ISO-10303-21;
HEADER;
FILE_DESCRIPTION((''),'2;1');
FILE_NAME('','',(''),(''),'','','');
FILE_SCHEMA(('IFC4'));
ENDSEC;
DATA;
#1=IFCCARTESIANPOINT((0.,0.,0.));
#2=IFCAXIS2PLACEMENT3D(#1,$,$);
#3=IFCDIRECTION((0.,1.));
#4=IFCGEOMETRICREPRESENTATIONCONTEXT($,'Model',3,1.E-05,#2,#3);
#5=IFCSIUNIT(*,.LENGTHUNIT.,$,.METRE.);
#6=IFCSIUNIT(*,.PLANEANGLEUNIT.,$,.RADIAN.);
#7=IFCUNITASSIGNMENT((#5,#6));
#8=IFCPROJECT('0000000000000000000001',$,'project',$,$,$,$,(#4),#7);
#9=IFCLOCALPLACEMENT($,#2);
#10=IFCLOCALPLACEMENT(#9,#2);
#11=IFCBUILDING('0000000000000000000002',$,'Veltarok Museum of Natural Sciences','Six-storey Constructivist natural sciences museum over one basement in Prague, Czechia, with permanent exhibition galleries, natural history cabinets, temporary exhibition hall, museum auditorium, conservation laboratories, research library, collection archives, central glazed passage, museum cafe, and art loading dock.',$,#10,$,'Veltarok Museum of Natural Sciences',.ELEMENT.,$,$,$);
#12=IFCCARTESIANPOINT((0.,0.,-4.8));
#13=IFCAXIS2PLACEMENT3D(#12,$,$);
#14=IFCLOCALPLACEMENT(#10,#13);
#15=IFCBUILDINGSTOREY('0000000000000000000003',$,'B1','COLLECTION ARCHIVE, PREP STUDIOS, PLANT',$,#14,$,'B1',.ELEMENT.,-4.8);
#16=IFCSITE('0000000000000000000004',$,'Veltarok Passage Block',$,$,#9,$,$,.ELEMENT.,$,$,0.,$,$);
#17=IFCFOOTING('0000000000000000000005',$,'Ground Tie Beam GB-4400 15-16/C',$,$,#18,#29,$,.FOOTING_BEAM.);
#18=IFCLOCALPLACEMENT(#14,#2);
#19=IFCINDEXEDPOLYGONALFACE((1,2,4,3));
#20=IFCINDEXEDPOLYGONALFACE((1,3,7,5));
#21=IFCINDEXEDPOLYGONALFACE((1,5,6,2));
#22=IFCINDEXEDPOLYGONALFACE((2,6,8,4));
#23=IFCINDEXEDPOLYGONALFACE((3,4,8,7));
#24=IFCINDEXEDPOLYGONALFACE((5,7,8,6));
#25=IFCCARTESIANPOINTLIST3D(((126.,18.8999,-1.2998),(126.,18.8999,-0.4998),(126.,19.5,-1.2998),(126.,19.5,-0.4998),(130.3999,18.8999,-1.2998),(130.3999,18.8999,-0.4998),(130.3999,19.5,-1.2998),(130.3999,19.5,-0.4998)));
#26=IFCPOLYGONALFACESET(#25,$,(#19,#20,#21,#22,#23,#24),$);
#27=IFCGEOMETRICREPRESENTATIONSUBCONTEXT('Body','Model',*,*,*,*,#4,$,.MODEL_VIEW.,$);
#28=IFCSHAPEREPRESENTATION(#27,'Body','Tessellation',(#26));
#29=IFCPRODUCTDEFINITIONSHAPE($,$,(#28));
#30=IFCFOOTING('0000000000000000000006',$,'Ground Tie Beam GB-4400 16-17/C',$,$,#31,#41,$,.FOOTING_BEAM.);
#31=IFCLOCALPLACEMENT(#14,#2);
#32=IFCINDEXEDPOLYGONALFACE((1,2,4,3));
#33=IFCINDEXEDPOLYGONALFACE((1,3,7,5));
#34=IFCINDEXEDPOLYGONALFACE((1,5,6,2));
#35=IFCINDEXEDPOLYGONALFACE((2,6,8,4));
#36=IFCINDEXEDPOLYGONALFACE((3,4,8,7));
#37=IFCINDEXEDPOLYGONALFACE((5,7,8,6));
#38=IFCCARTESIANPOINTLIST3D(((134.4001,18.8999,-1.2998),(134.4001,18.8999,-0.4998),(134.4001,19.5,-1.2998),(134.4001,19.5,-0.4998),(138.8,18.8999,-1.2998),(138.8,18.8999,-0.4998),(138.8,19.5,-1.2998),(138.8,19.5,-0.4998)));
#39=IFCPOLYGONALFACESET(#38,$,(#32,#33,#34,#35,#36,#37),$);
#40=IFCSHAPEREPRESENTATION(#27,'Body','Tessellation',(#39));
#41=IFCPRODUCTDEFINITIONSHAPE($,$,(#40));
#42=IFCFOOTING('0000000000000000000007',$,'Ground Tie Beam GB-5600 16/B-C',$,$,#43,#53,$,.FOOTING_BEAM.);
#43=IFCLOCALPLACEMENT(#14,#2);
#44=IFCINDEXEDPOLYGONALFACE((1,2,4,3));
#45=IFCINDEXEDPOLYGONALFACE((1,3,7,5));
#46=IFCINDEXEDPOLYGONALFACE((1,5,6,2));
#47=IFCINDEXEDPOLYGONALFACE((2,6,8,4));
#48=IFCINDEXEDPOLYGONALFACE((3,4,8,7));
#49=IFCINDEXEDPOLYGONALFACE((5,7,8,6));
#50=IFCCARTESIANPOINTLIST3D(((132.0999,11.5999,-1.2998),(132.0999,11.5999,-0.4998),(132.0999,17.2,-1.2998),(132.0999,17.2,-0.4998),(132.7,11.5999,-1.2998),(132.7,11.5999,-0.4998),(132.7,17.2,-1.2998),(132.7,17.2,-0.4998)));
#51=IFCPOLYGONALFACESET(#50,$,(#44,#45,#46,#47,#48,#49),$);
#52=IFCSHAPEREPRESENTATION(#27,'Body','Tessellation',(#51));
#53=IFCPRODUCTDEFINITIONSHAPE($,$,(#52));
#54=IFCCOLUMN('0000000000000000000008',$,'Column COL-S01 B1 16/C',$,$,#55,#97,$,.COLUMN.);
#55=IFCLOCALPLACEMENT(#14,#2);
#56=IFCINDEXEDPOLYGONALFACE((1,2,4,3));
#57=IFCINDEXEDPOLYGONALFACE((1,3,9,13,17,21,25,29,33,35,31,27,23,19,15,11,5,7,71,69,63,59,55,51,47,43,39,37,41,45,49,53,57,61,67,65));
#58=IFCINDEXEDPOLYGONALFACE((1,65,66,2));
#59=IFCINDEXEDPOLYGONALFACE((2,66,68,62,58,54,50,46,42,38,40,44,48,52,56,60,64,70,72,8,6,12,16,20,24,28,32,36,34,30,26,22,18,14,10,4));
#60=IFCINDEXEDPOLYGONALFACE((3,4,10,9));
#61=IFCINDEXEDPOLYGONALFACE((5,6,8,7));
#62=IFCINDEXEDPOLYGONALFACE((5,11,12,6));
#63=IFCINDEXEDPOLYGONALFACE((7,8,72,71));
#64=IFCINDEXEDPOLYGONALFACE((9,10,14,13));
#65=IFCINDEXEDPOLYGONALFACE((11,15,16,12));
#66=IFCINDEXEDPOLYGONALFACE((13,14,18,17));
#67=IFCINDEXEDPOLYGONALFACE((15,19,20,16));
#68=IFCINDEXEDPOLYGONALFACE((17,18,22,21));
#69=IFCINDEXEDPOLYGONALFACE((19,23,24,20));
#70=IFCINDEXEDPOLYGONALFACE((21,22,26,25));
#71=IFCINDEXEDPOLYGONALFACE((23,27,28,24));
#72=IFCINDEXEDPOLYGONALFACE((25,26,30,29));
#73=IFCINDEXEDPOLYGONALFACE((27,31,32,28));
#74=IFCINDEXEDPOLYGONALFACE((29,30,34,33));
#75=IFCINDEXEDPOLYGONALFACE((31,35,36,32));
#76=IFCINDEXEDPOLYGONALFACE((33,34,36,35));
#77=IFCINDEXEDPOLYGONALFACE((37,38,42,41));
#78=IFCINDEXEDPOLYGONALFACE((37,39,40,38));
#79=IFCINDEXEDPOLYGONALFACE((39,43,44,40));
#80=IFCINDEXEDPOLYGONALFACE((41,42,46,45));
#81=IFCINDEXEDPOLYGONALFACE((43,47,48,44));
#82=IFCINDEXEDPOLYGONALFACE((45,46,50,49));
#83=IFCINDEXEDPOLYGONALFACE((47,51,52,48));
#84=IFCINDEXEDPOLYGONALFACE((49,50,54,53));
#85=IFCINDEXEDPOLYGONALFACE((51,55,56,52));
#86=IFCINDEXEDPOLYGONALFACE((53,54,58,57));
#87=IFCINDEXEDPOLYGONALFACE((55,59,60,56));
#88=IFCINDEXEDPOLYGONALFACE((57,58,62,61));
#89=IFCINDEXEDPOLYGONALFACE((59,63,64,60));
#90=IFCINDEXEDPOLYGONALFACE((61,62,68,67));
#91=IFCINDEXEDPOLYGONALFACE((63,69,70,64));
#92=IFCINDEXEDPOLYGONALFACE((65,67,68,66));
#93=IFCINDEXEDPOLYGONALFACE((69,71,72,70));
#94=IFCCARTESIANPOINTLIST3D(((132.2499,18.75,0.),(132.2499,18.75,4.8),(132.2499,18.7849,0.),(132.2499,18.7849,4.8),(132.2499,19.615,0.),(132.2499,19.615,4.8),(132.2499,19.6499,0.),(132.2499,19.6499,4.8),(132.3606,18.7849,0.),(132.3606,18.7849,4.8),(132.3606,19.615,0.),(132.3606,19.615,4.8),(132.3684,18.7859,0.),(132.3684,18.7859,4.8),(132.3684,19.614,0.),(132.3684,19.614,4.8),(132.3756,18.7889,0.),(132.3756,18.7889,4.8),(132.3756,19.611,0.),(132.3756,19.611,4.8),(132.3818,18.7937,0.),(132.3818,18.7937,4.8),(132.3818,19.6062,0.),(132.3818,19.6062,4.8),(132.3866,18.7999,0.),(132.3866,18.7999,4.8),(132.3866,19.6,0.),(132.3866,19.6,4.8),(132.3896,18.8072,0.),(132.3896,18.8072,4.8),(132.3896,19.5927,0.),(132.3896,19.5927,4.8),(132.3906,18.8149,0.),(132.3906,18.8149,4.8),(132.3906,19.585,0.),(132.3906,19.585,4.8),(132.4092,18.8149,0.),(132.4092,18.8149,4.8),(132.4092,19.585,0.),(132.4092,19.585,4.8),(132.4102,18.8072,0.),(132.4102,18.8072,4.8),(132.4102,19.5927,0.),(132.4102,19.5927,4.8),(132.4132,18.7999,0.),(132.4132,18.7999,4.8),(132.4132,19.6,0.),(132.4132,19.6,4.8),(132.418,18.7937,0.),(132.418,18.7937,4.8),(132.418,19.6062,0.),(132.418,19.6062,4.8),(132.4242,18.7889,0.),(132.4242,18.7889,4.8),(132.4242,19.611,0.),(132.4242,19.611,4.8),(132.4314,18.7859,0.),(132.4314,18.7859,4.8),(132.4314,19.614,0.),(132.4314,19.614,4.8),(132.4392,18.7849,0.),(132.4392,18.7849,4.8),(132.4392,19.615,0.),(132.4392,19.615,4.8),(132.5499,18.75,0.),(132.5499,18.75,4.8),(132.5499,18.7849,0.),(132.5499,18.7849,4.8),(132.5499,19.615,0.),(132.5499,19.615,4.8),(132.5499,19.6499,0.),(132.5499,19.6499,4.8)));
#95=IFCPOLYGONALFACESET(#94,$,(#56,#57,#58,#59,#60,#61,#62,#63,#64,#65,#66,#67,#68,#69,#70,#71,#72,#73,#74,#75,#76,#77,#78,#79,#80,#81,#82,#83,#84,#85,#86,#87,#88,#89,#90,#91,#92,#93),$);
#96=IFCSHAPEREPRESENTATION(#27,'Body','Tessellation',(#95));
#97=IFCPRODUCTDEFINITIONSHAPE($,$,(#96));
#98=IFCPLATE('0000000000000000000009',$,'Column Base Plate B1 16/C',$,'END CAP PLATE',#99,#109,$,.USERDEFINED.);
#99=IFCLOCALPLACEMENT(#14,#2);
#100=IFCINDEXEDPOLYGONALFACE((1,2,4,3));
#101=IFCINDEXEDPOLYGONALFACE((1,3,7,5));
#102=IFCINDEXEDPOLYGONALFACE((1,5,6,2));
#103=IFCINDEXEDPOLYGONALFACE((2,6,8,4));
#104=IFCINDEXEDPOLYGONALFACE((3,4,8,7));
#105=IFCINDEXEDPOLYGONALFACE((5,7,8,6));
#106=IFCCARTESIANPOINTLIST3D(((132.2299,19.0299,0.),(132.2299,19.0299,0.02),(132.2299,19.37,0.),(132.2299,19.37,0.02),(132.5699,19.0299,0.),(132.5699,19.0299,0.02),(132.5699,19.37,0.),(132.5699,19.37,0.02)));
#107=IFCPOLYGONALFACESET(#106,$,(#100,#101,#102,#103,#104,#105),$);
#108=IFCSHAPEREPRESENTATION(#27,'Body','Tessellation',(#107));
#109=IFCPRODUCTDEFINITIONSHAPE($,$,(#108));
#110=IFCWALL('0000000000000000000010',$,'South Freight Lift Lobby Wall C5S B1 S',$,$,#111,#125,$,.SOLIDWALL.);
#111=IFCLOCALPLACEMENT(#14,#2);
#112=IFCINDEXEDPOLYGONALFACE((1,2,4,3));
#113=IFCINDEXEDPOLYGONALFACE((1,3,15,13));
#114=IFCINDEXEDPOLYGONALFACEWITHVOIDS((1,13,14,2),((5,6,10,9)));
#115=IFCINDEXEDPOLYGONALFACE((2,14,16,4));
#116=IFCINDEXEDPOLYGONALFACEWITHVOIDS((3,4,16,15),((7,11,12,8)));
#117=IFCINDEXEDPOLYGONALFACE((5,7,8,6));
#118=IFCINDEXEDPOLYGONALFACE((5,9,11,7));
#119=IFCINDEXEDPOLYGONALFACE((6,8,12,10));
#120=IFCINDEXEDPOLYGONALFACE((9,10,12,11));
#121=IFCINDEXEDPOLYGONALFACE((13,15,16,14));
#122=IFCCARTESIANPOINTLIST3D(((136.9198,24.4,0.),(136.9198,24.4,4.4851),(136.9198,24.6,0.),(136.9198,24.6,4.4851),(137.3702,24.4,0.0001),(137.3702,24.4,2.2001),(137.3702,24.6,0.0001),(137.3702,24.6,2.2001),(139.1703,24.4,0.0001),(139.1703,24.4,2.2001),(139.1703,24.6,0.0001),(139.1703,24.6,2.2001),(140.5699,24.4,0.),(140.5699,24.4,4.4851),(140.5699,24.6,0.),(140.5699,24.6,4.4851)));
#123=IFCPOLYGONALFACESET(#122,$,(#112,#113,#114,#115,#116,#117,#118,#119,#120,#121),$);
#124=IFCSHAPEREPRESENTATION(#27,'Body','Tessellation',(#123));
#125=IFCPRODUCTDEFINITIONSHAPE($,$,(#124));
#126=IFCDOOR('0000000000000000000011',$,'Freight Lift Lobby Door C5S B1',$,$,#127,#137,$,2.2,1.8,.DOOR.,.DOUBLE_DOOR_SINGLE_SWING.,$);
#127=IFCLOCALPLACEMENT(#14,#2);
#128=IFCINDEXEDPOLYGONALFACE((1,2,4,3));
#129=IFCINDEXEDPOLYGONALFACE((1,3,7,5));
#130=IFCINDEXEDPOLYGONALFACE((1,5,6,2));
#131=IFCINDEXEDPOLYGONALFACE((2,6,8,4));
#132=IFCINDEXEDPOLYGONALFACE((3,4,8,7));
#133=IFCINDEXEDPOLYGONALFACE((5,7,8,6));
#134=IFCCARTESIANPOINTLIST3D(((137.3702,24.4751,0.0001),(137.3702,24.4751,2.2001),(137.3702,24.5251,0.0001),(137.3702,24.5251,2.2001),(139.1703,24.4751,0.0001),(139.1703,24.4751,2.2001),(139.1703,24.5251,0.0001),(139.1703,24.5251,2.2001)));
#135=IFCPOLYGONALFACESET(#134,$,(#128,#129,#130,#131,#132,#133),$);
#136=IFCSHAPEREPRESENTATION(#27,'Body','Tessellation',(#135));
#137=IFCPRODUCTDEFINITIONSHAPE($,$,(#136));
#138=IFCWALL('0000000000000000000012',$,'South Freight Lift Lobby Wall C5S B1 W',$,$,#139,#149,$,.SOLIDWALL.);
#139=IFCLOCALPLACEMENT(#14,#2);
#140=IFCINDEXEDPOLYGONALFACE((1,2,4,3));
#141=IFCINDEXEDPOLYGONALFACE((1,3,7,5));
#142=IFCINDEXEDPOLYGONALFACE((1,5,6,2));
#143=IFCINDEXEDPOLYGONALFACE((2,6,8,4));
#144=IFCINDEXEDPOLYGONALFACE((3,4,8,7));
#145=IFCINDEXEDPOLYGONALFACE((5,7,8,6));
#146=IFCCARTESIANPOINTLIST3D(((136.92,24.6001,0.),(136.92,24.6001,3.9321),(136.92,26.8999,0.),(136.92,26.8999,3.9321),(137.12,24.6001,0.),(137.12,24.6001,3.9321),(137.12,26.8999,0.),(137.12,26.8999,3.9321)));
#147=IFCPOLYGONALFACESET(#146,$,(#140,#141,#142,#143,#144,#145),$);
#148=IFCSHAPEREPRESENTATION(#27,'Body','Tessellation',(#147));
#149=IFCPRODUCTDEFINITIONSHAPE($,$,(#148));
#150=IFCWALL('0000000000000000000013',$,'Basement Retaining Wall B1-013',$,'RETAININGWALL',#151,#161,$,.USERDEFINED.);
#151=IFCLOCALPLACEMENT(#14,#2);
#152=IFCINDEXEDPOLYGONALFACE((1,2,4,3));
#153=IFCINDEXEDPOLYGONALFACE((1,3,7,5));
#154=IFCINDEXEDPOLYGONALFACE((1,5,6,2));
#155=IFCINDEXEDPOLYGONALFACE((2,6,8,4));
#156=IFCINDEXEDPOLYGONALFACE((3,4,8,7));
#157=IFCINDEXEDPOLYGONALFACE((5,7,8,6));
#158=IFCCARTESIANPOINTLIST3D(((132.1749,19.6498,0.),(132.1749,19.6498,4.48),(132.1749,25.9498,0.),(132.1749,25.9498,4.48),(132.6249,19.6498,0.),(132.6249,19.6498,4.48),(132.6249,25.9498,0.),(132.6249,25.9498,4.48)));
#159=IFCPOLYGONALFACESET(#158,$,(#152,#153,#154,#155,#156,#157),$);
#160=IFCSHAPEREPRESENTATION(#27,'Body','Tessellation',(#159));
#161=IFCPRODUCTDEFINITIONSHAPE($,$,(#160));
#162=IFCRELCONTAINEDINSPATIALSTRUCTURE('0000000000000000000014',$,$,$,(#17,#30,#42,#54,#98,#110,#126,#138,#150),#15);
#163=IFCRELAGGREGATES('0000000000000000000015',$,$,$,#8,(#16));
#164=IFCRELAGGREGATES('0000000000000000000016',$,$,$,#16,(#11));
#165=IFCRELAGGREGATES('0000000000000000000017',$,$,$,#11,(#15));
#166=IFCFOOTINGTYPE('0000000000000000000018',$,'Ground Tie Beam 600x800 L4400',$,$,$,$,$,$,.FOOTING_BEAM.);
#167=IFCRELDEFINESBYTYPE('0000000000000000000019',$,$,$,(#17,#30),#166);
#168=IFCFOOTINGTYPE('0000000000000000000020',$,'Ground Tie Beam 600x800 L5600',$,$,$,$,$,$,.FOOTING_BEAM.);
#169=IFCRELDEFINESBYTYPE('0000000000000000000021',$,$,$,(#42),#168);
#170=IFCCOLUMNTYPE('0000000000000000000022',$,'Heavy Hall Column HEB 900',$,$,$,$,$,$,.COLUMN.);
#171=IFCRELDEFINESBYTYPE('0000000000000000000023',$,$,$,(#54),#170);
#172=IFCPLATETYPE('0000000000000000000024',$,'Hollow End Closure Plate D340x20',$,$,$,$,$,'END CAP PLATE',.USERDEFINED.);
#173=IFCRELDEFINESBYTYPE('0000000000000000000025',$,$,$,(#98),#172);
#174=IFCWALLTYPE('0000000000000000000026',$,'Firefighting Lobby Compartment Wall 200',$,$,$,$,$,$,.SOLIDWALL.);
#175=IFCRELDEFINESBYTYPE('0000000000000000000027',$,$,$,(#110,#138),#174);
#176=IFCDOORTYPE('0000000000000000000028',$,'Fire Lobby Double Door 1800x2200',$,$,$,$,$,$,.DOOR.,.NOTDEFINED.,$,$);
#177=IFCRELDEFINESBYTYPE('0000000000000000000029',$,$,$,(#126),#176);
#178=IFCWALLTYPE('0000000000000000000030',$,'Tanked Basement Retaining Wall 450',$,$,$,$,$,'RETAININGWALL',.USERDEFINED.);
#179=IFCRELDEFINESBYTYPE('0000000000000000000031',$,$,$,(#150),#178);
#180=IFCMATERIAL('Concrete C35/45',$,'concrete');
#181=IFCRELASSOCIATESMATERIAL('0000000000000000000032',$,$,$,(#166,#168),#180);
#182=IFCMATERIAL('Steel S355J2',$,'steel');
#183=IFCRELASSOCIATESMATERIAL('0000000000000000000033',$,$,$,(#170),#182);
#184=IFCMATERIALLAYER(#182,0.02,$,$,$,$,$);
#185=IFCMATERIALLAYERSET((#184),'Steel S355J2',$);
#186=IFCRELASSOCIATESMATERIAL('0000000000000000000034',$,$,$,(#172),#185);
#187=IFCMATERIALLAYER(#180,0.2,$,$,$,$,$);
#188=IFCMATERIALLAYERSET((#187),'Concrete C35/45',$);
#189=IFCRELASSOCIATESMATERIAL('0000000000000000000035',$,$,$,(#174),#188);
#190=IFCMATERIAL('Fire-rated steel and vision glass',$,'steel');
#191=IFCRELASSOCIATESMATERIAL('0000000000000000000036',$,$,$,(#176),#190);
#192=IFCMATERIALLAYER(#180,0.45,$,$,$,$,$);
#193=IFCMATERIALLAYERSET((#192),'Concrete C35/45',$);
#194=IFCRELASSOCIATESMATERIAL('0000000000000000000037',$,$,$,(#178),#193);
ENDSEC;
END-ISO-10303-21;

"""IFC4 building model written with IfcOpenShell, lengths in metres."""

from ifc_helpers import new_model, si_unit, direction, frame, frame_2d, origin, origin_2d, place, context, subcontext, project, spatial, rectangle, i_section, extrude, material, layer, layer_set, material_profile, profile_set, type_object, element, fill, save


model = new_model("IFC4")

# Units and contexts
model_context = context("Model", 3, precision=1e-05, world=origin(), true_north=direction((0.0, 1.0)))
body_context = subcontext(model_context, "Body", "Model", "MODEL_VIEW")
ifc_project = project(units=[si_unit("LENGTHUNIT", "METRE"), si_unit("PLANEANGLEUNIT", "RADIAN")], contexts=[model_context])

# Site, building, storey
site_placement = place(None, origin())
site = spatial("IfcSite", under=ifc_project, at=site_placement, Name="Veltarok Passage Block", CompositionType="ELEMENT", RefElevation=0.0)
building_placement = place(site_placement, origin())
building = spatial("IfcBuilding", under=site, at=building_placement, Name="Veltarok Museum of Natural Sciences", Description="Six-storey Constructivist natural sciences museum over one basement in Prague, Czechia, with permanent exhibition galleries, natural history cabinets, temporary exhibition hall, museum auditorium, conservation laboratories, research library, collection archives, central glazed passage, museum cafe, and art loading dock.", LongName="Veltarok Museum of Natural Sciences", CompositionType="ELEMENT")
storey_placement = place(building_placement, frame((0.0, 0.0, -4.8)))
storey = spatial("IfcBuildingStorey", under=building, at=storey_placement, Name="B1", Description="COLLECTION ARCHIVE, PREP STUDIOS, PLANT", LongName="B1", CompositionType="ELEMENT", Elevation=-4.8)

# Shared definitions
ifc_material_1 = material(Name="Concrete C35/45", Category="concrete")

# Footings
footing_type_1 = type_object("IfcFootingType", Name="Ground Tie Beam 600x800 L4400", PredefinedType="FOOTING_BEAM", material=ifc_material_1)
for number, where, z_axis, x_axis, name in (
    (1, (128.2, 19.2, -1.2998), (0.0, 0.0, 1.0), (1.0, 0.0, 0.0), "Ground Tie Beam GB-4400 15-16/C"),
    (2, (136.6001, 19.2, -1.2998), (0.0, 0.0, 1.0), (1.0, 0.0, 0.0), "Ground Tie Beam GB-4400 16-17/C"),
):
    element("IfcFooting", number, at=place(storey_placement, frame(where, z_axis=z_axis, x_axis=x_axis)), inside=storey, type_object=footing_type_1, Name=name, PredefinedType="FOOTING_BEAM", context=body_context, shape_type="SweptSolid", body=[
        extrude(rectangle(XDim=4.3999, YDim=0.6001, at=origin_2d()), origin(), (0.0, 0.0, 1.0), 0.8),
    ])
footing_type_2 = type_object("IfcFootingType", Name="Ground Tie Beam 600x800 L5600", PredefinedType="FOOTING_BEAM", material=ifc_material_1)
footing_1_placement = place(storey_placement, frame((132.3999, 14.3999, -1.2998), z_axis=(0.0, 0.0, 1.0), x_axis=(0.0, 1.0, 0.0)))
element("IfcFooting", 3, at=footing_1_placement, inside=storey, type_object=footing_type_2, Name="Ground Tie Beam GB-5600 16/B-C", PredefinedType="FOOTING_BEAM", context=body_context, shape_type="SweptSolid", body=[
    extrude(rectangle(XDim=5.6001, YDim=0.6001, at=origin_2d()), origin(), (0.0, 0.0, 1.0), 0.8),
])

# Column
ifc_material_2 = material(Name="Steel S355J2", Category="steel")
ifc_material_profile_1 = material_profile(ifc_material_2, i_section(OverallWidth=0.3, OverallDepth=0.8999, WebThickness=0.0186, FlangeThickness=0.0349, FilletRadius=0.03, at=origin_2d()), Name="HEB 900")
ifc_profile_set_1 = profile_set([ifc_material_profile_1], Name="Steel S355J2")
column_type = type_object("IfcColumnType", Name="Heavy Hall Column HEB 900", PredefinedType="COLUMN", material=ifc_profile_set_1)
column_placement = place(storey_placement, frame((132.3999, 19.2, 0.0), z_axis=(0.0, 0.0, 1.0), x_axis=(1.0, 0.0, 0.0)))
element("IfcColumn", 4, at=column_placement, inside=storey, type_object=column_type, Name="Column COL-S01 B1 16/C", PredefinedType="COLUMN", context=body_context, shape_type="SweptSolid", body=[
    extrude(i_section(OverallWidth=0.3, OverallDepth=0.8999, WebThickness=0.0186, FlangeThickness=0.0349, FilletRadius=0.03, at=origin_2d()), origin(), (0.0, 0.0, 1.0), 4.8),
])

# Plate
ifc_layer_1 = layer(ifc_material_2, 0.02)
ifc_layer_set_1 = layer_set([ifc_layer_1], Name="Steel S355J2")
plate_type = type_object("IfcPlateType", Name="Hollow End Closure Plate D340x20", ElementType="END CAP PLATE", PredefinedType="USERDEFINED", material=ifc_layer_set_1)
plate_placement = place(storey_placement, frame((132.3999, 19.2, 0.0), z_axis=(0.0, 0.0, 1.0), x_axis=(1.0, 0.0, 0.0)))
element("IfcPlate", 5, at=plate_placement, inside=storey, type_object=plate_type, Name="Column Base Plate B1 16/C", ObjectType="END CAP PLATE", PredefinedType="USERDEFINED", context=body_context, shape_type="SweptSolid", body=[
    extrude(rectangle(XDim=0.3401, YDim=0.3401, at=origin_2d()), origin(), (0.0, 0.0, 1.0), 0.02),
])

# Wall, opening, door
ifc_layer_2 = layer(ifc_material_1, 0.2)
ifc_layer_set_2 = layer_set([ifc_layer_2], Name="Concrete C35/45")
wall_type_1 = type_object("IfcWallType", Name="Firefighting Lobby Compartment Wall 200", PredefinedType="SOLIDWALL", material=ifc_layer_set_2)
wall_1_placement = place(storey_placement, frame((140.5701, 24.5, 0.0), z_axis=(0.0, 0.0, 1.0), x_axis=(-1.0, 0.0, 0.0)))
wall_1 = element("IfcWall", 6, at=wall_1_placement, inside=storey, type_object=wall_type_1, Name="South Freight Lift Lobby Wall C5S B1 S", PredefinedType="SOLIDWALL", context=body_context, shape_type="SweptSolid", body=[
    extrude(rectangle(XDim=3.6501, YDim=0.2, at=frame_2d((1.8252, 0.0))), origin(), (0.0, 0.0, 1.0), 4.4851),
])
opening_placement = place(wall_1_placement, frame((1.3999, 0.0, 0.0)))
opening = element("IfcOpeningElement", 7, at=opening_placement, cuts=wall_1, PredefinedType="OPENING", context=body_context, shape_type="SweptSolid", body=[
    extrude(rectangle(XDim=1.8, YDim=2.2, at=frame_2d((0.8999, 1.1001))), frame((0.0, 0.1099, 0.0), z_axis=(0.0, -1.0, 0.0), x_axis=(1.0, 0.0, 0.0)), (0.0, 0.0, 1.0), 0.22),
])
ifc_material_3 = material(Name="Fire-rated steel and vision glass", Category="steel")
door_type = type_object("IfcDoorType", Name="Fire Lobby Double Door 1800x2200", OperationType="NOTDEFINED", PredefinedType="DOOR", material=ifc_material_3)
door_placement = place(opening_placement, origin())
door = element("IfcDoor", 8, at=door_placement, inside=storey, type_object=door_type, Name="Freight Lift Lobby Door C5S B1", OperationType="DOUBLE_DOOR_SINGLE_SWING", OverallHeight=2.2, OverallWidth=1.8, PredefinedType="DOOR", context=body_context, shape_type="SweptSolid", body=[
    extrude(rectangle(XDim=1.8, YDim=2.2, at=frame_2d((0.8999, 1.1001))), frame((0.0, 0.0249, 0.0), z_axis=(0.0, -1.0, 0.0), x_axis=(1.0, 0.0, 0.0)), (0.0, 0.0, 1.0), 0.05),
])
fill(opening, door)

# Walls
wall_2_placement = place(storey_placement, frame((137.02, 24.6001, 0.0), z_axis=(0.0, 0.0, 1.0), x_axis=(0.0, 1.0, 0.0)))
element("IfcWall", 9, at=wall_2_placement, inside=storey, type_object=wall_type_1, Name="South Freight Lift Lobby Wall C5S B1 W", PredefinedType="SOLIDWALL", context=body_context, shape_type="SweptSolid", body=[
    extrude(rectangle(XDim=2.2998, YDim=0.2, at=frame_2d((1.1499, 0.0))), origin(), (0.0, 0.0, 1.0), 3.9321),
])
ifc_layer_3 = layer(ifc_material_1, 0.45)
ifc_layer_set_3 = layer_set([ifc_layer_3], Name="Concrete C35/45")
wall_type_2 = type_object("IfcWallType", Name="Tanked Basement Retaining Wall 450", ElementType="RETAININGWALL", PredefinedType="USERDEFINED", material=ifc_layer_set_3)
wall_3_placement = place(storey_placement, frame((132.3999, 19.6499, 0.0), z_axis=(0.0, 0.0, 1.0), x_axis=(0.0, 1.0, 0.0)))
element("IfcWall", 10, at=wall_3_placement, inside=storey, type_object=wall_type_2, Name="Basement Retaining Wall B1-013", ObjectType="RETAININGWALL", PredefinedType="USERDEFINED", context=body_context, shape_type="SweptSolid", body=[
    extrude(rectangle(XDim=6.3, YDim=0.45, at=frame_2d((3.1499, 0.0))), origin(), (0.0, 0.0, 1.0), 4.48),
])

save(model, "model.ifc")
